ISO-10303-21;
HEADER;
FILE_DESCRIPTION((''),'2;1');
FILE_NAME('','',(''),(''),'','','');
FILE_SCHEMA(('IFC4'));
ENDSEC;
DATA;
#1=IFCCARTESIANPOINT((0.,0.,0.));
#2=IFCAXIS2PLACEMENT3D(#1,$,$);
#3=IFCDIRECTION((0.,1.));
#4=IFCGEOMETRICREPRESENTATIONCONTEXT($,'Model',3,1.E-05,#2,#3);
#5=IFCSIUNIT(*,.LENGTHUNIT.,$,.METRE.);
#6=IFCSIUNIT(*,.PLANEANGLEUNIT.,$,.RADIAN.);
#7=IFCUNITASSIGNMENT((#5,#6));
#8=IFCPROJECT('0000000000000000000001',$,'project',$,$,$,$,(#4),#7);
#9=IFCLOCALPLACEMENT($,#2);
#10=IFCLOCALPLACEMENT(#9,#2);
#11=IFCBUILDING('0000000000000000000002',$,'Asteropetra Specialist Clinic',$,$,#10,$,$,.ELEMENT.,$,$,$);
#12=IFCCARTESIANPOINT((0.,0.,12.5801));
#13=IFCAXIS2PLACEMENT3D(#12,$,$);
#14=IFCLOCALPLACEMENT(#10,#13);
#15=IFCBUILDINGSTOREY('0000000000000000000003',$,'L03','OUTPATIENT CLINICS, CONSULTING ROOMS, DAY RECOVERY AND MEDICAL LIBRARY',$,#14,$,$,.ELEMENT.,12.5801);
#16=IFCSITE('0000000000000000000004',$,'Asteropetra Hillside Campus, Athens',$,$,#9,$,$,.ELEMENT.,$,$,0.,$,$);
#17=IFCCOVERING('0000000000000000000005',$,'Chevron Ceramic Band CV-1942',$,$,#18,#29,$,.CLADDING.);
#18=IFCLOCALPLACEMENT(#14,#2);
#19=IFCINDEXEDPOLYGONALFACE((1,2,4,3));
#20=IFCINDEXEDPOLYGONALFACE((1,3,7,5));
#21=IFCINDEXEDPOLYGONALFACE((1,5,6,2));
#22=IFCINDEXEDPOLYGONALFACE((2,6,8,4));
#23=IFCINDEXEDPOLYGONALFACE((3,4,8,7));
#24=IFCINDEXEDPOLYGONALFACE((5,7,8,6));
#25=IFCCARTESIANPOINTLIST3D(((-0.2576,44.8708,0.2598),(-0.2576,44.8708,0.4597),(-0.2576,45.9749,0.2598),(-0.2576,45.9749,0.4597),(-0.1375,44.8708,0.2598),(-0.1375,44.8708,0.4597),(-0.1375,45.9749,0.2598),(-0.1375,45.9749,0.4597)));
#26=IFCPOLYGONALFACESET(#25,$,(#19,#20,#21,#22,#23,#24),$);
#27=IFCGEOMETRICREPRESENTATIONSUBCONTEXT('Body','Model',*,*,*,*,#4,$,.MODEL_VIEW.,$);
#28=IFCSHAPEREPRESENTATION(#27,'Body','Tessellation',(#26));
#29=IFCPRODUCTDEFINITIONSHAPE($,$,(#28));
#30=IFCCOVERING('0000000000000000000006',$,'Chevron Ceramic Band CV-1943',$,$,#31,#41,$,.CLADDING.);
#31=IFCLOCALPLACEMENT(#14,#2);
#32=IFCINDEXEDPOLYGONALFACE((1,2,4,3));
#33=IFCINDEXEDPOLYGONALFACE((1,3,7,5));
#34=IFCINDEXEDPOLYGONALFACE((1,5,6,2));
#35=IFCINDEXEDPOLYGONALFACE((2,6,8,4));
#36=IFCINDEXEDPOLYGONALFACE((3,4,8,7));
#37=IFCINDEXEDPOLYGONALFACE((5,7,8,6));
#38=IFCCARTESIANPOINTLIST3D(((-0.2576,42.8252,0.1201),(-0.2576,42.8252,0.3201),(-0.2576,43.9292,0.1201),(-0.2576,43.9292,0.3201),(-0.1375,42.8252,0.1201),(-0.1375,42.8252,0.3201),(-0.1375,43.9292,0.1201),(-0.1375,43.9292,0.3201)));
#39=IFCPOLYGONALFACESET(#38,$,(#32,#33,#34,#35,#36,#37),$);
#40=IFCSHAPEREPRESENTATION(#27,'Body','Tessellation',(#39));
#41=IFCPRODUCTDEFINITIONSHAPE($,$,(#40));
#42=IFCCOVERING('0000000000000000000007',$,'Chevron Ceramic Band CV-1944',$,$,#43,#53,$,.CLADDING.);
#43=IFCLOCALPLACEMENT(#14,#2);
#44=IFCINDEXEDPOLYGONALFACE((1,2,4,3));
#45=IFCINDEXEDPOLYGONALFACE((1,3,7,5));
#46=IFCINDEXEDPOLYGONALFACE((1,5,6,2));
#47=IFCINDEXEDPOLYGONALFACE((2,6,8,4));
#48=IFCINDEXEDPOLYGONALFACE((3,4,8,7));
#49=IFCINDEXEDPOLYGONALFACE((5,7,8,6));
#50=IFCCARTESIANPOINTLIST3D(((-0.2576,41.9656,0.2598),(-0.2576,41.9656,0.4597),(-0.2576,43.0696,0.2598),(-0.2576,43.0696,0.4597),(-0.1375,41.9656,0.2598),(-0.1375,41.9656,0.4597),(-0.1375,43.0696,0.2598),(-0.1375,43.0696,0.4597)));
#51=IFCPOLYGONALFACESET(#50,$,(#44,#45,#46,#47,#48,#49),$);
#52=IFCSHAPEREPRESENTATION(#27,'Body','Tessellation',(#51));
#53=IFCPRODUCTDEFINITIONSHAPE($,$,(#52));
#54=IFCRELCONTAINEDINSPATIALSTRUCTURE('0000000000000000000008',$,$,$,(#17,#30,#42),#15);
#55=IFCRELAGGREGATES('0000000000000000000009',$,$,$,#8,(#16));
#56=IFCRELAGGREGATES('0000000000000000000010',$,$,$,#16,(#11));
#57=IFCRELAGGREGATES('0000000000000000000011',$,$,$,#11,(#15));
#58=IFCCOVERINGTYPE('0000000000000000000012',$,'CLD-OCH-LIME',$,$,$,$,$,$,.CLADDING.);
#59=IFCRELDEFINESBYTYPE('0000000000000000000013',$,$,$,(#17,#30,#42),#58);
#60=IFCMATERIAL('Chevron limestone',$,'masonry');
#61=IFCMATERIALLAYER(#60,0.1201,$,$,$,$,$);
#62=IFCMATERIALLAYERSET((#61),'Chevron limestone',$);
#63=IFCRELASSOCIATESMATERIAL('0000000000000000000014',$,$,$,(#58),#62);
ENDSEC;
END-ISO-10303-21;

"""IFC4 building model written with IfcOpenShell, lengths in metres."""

from ifc_helpers import new_model, si_unit, direction, frame, origin, origin_2d, place, context, subcontext, project, spatial, rectangle, extrude, material, layer, layer_set, type_object, element, save


model = new_model("IFC4")

# Units and contexts
model_context = context("Model", 3, precision=1e-05, world=origin(), true_north=direction((0.0, 1.0)))
body_context = subcontext(model_context, "Body", "Model", "MODEL_VIEW")
ifc_project = project(units=[si_unit("LENGTHUNIT", "METRE"), si_unit("PLANEANGLEUNIT", "RADIAN")], contexts=[model_context])

# Site, building, storey
site_placement = place(None, origin())
site = spatial("IfcSite", under=ifc_project, at=site_placement, Name="Asteropetra Hillside Campus, Athens", CompositionType="ELEMENT", RefElevation=0.0)
building_placement = place(site_placement, origin())
building = spatial("IfcBuilding", under=site, at=building_placement, Name="Asteropetra Specialist Clinic", CompositionType="ELEMENT")
storey_placement = place(building_placement, frame((0.0, 0.0, 12.5801)))
storey = spatial("IfcBuildingStorey", under=building, at=storey_placement, Name="L03", Description="OUTPATIENT CLINICS, CONSULTING ROOMS, DAY RECOVERY AND MEDICAL LIBRARY", CompositionType="ELEMENT", Elevation=12.5801)

# Coverings
ifc_material_1 = material(Name="Chevron limestone", Category="masonry")
ifc_layer_1 = layer(ifc_material_1, 0.1201)
ifc_layer_set_1 = layer_set([ifc_layer_1], Name="Chevron limestone")
covering_type = type_object("IfcCoveringType", Name="CLD-OCH-LIME", PredefinedType="CLADDING", material=ifc_layer_set_1)
for number, where, z_axis, x_axis, name in (
    (1, (-0.1975, 45.4229, 0.2598), (0.0, 0.0, 1.0), (1.0, 0.0, 0.0), "Chevron Ceramic Band CV-1942"),
    (2, (-0.1975, 43.3772, 0.1201), (0.0, 0.0, 1.0), (1.0, 0.0, 0.0), "Chevron Ceramic Band CV-1943"),
    (3, (-0.1975, 42.5176, 0.2598), (0.0, 0.0, 1.0), (1.0, 0.0, 0.0), "Chevron Ceramic Band CV-1944"),
):
    element("IfcCovering", number, at=place(storey_placement, frame(where, z_axis=z_axis, x_axis=x_axis)), inside=storey, type_object=covering_type, Name=name, PredefinedType="CLADDING", context=body_context, shape_type="SweptSolid", body=[
        extrude(rectangle(XDim=0.1201, YDim=1.104, at=origin_2d()), origin(), (0.0, 0.0, 1.0), 0.2),
    ])

save(model, "model.ifc")
